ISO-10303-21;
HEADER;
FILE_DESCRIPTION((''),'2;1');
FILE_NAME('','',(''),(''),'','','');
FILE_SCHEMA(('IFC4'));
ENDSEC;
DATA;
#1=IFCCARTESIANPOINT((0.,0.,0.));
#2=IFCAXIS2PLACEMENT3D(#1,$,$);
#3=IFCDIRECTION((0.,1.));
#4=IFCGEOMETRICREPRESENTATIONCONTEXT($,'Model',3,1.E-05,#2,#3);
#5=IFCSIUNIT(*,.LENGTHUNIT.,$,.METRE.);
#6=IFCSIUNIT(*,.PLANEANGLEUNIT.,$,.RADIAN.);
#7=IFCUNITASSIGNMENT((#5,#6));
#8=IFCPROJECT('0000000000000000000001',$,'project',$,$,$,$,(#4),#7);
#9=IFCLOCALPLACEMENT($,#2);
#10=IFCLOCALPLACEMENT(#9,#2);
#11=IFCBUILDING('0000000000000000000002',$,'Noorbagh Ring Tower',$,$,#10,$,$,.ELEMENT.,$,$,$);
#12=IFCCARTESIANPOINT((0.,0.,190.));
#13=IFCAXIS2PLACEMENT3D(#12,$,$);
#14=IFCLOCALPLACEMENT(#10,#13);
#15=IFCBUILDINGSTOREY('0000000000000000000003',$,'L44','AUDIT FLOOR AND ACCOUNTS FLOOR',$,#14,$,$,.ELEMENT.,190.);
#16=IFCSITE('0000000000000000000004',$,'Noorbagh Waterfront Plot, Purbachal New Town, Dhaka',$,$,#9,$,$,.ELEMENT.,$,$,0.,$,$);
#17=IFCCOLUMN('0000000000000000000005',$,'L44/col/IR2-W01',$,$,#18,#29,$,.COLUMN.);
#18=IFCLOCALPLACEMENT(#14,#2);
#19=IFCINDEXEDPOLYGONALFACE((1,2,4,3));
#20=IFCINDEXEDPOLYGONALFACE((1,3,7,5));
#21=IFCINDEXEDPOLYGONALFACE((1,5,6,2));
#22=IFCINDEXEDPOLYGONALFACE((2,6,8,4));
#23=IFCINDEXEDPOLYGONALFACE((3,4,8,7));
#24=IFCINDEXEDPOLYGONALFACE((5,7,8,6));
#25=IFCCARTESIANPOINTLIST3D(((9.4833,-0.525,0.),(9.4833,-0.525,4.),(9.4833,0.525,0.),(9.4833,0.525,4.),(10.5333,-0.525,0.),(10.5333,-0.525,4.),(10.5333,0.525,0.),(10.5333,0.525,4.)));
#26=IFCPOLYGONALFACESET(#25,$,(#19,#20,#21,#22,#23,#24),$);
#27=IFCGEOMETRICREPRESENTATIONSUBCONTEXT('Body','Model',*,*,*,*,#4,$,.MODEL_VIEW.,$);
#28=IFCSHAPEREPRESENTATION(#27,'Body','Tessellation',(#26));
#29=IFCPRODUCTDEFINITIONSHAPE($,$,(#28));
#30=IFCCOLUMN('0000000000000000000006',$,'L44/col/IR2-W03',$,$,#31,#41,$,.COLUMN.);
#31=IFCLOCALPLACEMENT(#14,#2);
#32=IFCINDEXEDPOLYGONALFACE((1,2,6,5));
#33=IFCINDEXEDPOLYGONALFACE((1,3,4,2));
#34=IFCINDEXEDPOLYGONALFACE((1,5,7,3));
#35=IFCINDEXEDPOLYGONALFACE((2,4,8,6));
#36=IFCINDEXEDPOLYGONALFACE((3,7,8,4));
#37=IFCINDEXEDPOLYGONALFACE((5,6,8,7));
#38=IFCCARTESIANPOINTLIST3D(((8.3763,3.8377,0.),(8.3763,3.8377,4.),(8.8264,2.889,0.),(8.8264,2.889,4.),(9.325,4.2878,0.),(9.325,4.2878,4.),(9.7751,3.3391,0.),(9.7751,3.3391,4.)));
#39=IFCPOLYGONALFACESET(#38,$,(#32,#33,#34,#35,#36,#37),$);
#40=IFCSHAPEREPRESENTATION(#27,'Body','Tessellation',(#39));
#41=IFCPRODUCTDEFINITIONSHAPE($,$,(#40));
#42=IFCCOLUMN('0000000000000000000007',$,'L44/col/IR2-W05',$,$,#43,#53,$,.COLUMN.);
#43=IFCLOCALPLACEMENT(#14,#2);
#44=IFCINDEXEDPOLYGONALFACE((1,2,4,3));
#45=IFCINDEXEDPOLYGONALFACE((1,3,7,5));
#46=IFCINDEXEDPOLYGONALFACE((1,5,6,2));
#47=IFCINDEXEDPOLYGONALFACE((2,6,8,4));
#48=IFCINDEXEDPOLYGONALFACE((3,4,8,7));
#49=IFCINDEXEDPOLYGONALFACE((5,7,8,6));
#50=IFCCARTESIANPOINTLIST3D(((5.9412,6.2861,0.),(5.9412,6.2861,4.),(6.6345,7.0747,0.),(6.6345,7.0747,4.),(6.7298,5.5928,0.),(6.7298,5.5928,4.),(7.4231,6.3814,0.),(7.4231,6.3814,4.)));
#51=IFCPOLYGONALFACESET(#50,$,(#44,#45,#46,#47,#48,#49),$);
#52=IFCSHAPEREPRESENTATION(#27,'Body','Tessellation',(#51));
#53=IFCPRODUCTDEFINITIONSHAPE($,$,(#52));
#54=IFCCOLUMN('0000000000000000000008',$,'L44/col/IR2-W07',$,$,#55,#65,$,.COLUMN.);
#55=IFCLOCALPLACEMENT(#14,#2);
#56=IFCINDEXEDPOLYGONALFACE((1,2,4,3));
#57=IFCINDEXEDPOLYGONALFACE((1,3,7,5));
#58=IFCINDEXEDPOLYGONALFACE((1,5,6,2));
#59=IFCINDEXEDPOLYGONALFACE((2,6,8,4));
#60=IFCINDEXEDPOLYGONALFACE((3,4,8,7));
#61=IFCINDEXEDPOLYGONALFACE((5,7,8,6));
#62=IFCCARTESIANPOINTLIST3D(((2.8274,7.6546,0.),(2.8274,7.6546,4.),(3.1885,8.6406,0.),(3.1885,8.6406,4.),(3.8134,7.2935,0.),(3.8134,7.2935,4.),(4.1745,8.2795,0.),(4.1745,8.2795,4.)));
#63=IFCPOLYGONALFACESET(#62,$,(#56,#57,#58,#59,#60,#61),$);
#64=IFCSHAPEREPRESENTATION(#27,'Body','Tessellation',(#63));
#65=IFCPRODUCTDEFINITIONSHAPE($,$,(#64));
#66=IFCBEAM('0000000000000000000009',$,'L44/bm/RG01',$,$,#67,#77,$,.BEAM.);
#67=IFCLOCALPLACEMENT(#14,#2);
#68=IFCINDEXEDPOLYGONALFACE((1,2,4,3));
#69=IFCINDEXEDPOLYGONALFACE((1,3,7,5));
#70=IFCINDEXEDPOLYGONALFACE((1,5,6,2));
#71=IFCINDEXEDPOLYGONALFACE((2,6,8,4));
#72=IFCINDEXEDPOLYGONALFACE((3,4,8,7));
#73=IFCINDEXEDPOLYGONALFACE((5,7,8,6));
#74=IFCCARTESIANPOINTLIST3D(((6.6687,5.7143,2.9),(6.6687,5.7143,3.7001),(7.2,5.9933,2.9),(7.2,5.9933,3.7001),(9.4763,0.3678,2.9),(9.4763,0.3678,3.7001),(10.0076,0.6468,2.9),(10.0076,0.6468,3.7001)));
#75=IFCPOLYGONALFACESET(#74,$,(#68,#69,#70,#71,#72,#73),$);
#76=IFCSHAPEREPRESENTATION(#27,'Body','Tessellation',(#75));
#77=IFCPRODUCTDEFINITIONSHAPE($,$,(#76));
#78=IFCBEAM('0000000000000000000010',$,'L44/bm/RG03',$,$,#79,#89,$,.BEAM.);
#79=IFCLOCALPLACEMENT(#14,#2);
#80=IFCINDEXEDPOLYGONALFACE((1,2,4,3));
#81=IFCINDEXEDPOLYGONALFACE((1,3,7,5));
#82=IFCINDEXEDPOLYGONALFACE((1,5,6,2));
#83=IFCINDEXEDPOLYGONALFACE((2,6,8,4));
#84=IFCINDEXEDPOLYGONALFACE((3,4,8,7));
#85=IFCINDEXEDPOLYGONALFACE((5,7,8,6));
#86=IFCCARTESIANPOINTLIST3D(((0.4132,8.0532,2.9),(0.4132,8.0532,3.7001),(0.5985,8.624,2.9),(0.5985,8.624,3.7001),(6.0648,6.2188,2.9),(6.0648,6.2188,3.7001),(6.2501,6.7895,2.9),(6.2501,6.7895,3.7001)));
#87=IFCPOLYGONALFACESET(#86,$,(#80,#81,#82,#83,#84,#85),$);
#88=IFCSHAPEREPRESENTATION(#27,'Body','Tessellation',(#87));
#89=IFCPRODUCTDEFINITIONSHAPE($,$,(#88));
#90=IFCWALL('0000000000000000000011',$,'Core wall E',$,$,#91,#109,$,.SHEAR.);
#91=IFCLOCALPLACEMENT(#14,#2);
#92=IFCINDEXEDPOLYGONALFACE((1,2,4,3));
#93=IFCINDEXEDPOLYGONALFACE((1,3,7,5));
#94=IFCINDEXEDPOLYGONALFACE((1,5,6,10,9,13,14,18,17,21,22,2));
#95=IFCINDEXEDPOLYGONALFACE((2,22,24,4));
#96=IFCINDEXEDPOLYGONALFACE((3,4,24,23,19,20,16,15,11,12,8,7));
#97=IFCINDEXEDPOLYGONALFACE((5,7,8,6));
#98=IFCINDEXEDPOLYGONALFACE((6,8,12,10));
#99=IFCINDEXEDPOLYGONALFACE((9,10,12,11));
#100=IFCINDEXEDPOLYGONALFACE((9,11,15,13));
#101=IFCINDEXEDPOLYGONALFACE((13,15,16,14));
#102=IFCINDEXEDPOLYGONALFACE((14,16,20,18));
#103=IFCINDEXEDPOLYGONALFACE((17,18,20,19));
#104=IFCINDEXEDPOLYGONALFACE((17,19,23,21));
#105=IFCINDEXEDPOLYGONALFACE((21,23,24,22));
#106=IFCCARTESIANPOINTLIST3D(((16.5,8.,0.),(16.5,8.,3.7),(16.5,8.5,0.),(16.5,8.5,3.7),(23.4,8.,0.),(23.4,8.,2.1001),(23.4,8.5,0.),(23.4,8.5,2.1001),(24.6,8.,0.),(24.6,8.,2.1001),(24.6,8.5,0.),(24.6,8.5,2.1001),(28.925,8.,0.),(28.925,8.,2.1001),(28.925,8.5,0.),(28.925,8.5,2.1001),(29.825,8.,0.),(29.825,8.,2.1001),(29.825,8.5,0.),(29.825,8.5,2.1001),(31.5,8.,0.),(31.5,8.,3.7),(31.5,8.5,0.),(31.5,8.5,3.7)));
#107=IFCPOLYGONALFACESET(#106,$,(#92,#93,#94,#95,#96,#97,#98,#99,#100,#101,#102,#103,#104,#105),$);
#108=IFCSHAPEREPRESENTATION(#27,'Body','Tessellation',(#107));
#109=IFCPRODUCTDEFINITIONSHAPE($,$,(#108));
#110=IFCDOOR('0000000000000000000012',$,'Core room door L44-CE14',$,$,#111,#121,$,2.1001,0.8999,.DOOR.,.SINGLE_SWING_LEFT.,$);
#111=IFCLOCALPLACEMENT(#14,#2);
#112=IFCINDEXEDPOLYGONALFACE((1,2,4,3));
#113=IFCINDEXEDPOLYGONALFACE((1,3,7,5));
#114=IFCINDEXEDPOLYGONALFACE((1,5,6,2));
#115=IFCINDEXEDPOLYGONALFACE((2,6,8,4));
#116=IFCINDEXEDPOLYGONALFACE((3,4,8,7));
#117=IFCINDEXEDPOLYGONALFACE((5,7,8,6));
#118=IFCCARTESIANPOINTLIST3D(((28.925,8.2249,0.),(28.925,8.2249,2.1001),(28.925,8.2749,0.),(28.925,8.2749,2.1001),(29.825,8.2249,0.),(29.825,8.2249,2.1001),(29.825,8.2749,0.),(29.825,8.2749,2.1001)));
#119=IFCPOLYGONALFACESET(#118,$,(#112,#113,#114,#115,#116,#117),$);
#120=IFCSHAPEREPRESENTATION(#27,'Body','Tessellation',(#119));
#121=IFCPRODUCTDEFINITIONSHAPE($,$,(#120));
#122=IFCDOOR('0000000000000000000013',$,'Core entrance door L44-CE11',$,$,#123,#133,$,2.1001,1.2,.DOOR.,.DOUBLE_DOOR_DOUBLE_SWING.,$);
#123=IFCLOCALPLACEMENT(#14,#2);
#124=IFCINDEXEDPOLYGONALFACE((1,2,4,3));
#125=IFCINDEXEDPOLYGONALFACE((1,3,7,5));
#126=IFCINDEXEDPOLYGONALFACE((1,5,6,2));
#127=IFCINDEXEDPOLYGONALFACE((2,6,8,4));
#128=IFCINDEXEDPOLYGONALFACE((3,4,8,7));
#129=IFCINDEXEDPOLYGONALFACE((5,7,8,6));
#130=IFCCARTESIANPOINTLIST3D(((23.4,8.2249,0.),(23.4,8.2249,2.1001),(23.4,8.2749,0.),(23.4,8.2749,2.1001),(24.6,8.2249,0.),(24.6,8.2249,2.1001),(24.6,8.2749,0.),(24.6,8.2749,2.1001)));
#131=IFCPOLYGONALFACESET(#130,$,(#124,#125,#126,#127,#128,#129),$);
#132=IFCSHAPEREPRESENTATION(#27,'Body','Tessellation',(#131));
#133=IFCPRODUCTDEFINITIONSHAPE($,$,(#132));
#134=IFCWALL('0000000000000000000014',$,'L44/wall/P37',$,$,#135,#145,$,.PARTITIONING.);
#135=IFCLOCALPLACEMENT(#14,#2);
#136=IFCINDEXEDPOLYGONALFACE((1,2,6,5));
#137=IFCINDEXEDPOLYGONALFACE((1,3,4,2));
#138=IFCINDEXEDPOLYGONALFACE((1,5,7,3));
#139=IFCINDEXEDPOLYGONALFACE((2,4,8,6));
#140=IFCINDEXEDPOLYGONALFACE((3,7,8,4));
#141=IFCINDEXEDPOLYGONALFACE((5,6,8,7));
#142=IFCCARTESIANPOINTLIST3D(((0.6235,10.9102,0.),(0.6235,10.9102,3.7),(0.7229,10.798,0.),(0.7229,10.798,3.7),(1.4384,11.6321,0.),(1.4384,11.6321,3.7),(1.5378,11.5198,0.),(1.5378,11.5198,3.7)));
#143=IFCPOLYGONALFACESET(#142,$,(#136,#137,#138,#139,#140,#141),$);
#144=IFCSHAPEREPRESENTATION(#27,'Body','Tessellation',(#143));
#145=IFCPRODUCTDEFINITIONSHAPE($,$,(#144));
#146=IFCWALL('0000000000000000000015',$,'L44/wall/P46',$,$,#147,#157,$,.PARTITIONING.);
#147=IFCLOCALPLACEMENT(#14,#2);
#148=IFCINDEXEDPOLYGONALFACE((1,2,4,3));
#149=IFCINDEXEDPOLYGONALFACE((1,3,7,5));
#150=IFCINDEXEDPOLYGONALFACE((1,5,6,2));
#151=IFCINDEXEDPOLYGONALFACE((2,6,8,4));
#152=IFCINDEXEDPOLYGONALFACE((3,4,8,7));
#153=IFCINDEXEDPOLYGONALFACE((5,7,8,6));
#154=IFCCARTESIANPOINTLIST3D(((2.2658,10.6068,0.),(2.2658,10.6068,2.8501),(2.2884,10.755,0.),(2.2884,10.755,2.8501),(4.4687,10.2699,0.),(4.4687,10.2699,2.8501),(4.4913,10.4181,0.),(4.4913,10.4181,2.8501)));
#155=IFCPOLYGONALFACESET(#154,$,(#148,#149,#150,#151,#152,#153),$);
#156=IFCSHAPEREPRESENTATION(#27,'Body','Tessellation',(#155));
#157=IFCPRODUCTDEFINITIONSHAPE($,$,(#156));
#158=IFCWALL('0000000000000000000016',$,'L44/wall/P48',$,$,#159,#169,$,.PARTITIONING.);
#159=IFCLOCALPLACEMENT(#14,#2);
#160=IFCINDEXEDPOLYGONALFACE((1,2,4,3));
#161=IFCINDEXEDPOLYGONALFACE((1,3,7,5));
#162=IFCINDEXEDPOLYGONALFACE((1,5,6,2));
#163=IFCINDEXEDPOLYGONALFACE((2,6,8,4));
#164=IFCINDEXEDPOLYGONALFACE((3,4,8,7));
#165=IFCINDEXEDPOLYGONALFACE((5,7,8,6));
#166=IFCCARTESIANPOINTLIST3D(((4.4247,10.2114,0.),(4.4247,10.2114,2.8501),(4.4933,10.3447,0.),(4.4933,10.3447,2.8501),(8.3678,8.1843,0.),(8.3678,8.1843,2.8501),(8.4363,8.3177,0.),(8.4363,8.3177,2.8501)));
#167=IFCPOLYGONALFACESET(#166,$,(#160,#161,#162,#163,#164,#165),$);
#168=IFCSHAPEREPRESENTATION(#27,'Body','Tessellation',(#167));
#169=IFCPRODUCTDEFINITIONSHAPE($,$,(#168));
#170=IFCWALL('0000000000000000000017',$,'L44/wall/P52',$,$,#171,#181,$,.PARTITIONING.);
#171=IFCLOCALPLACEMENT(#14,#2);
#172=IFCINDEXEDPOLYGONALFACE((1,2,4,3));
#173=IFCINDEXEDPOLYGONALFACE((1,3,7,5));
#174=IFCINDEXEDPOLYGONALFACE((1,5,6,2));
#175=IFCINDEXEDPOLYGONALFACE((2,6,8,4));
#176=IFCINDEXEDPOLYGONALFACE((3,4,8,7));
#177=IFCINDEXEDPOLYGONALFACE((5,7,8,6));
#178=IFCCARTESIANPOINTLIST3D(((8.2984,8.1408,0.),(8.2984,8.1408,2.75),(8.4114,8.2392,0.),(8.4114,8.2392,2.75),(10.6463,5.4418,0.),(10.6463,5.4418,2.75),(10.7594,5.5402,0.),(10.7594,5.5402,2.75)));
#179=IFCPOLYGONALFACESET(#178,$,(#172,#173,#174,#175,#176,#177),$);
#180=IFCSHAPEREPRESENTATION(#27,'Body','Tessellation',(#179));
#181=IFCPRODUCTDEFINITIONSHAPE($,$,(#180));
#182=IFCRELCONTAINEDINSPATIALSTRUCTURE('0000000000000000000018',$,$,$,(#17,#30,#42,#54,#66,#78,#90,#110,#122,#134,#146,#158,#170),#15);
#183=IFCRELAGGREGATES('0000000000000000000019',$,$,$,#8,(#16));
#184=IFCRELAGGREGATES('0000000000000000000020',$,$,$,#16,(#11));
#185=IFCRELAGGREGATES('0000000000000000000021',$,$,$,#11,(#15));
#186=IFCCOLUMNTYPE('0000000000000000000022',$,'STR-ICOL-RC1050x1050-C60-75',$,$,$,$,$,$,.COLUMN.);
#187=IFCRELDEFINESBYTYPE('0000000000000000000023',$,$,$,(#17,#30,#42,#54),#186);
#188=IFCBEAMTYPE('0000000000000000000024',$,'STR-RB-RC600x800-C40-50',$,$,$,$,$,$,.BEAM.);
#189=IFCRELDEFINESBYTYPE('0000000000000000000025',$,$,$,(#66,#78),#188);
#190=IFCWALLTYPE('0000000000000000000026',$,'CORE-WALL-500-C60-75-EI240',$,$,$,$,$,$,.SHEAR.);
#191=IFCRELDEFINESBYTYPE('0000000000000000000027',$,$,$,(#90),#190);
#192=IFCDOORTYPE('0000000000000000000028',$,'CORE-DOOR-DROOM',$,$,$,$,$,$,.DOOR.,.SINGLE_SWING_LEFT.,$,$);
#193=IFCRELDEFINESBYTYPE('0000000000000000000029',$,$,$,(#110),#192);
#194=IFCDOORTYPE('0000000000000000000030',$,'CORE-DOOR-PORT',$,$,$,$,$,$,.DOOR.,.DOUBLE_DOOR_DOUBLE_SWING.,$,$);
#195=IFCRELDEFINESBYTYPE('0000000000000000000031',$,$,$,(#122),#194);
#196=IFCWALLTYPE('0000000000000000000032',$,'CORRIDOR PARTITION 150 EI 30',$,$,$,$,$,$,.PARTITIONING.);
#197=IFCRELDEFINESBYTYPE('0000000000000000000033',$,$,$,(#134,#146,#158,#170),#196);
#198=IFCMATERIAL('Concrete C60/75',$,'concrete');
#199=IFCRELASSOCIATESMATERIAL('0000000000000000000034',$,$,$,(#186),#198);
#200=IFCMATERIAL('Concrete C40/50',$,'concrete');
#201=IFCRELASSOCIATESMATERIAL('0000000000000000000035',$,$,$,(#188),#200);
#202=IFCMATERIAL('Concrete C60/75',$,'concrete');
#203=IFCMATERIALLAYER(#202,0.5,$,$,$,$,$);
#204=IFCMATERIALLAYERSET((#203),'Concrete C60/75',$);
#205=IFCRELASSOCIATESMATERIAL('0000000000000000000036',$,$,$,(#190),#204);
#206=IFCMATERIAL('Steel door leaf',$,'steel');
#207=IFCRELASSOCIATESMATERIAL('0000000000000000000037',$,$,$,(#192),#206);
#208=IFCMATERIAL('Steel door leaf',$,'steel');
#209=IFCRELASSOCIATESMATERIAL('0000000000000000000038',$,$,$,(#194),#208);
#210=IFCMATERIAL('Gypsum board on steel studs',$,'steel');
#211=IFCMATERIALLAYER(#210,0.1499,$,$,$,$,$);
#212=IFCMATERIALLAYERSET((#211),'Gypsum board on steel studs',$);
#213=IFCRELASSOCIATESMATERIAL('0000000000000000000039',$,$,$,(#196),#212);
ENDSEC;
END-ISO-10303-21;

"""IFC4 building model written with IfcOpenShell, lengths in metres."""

from ifc_helpers import new_model, si_unit, direction, frame, frame_2d, origin, origin_2d, place, context, subcontext, project, spatial, rectangle, extrude, material, layer, layer_set, material_profile, profile_set, type_object, element, fill, save


model = new_model("IFC4")

# Units and contexts
model_context = context("Model", 3, precision=1e-05, world=origin(), true_north=direction((0.0, 1.0)))
body_context = subcontext(model_context, "Body", "Model", "MODEL_VIEW")
ifc_project = project(units=[si_unit("LENGTHUNIT", "METRE"), si_unit("PLANEANGLEUNIT", "RADIAN")], contexts=[model_context])

# Site, building, storey
site_placement = place(None, origin())
site = spatial("IfcSite", under=ifc_project, at=site_placement, Name="Noorbagh Waterfront Plot, Purbachal New Town, Dhaka", CompositionType="ELEMENT", RefElevation=0.0)
building_placement = place(site_placement, origin())
building = spatial("IfcBuilding", under=site, at=building_placement, Name="Noorbagh Ring Tower", CompositionType="ELEMENT")
storey_placement = place(building_placement, frame((0.0, 0.0, 190.0)))
storey = spatial("IfcBuildingStorey", under=building, at=storey_placement, Name="L44", Description="AUDIT FLOOR AND ACCOUNTS FLOOR", CompositionType="ELEMENT", Elevation=190.0)

# Columns
ifc_material_1 = material(Name="Concrete C60/75", Category="concrete")
ifc_material_profile_1 = material_profile(ifc_material_1, rectangle(XDim=1.05, YDim=1.05, at=origin_2d()), Name="RC1050x1050")
ifc_profile_set_1 = profile_set([ifc_material_profile_1], Name="Concrete C60/75")
column_type = type_object("IfcColumnType", Name="STR-ICOL-RC1050x1050-C60-75", PredefinedType="COLUMN", material=ifc_profile_set_1)
for number, where, z_axis, x_axis, name in (
    (1, (10.0083, 0.0, 0.0), (0.0, 0.0, 1.0), (0.0, 1.0, 0.0), "L44/col/IR2-W01"),
    (2, (9.0757, 3.5884, 0.0), (0.0, 0.0, 1.0), (-0.428667, 0.903463, 0.0), "L44/col/IR2-W03"),
    (3, (6.6821, 6.3337, 0.0), (0.0, 0.0, 1.0), (-0.751022, 0.660277, 0.0), "L44/col/IR2-W05"),
    (4, (3.501, 7.967, 0.0), (0.0, 0.0, 1.0), (-0.93902, 0.343864, 0.0), "L44/col/IR2-W07"),
):
    element("IfcColumn", number, at=place(storey_placement, frame(where, z_axis=z_axis, x_axis=x_axis)), inside=storey, type_object=column_type, Name=name, PredefinedType="COLUMN", context=body_context, shape_type="SweptSolid", body=[
        extrude(rectangle(XDim=1.05, YDim=1.05, at=origin_2d()), origin(), (0.0, 0.0, 1.0), 4.0),
    ])

# Beams
ifc_material_2 = material(Name="Concrete C40/50", Category="concrete")
ifc_material_profile_2 = material_profile(ifc_material_2, rectangle(XDim=0.6001, YDim=0.8, at=origin_2d()), Name="RC600x800")
ifc_profile_set_2 = profile_set([ifc_material_profile_2], Name="Concrete C40/50")
beam_type = type_object("IfcBeamType", Name="STR-RB-RC600x800-C40-50", PredefinedType="BEAM", material=ifc_profile_set_2)
beam_1_placement = place(storey_placement, frame((9.7419, 0.5073, 3.3), z_axis=(-0.46493, 0.885348, 0.0), x_axis=(-0.885348, -0.46493, 0.0)))
element("IfcBeam", 5, at=beam_1_placement, inside=storey, type_object=beam_type, Name="L44/bm/RG01", PredefinedType="BEAM", context=body_context, shape_type="SweptSolid", body=[
    extrude(rectangle(XDim=0.6001, YDim=0.8, at=origin_2d()), origin(), (0.0, 0.0, 1.0), 6.0388),
])
beam_2_placement = place(storey_placement, frame((6.1575, 6.5042, 3.3), z_axis=(-0.951148, 0.308736, 0.0), x_axis=(-0.308736, -0.951148, 0.0)))
element("IfcBeam", 6, at=beam_2_placement, inside=storey, type_object=beam_type, Name="L44/bm/RG03", PredefinedType="BEAM", context=body_context, shape_type="SweptSolid", body=[
    extrude(rectangle(XDim=0.6001, YDim=0.8, at=origin_2d()), origin(), (0.0, 0.0, 1.0), 5.9419),
])

# Wall, openings, doors
ifc_material_3 = material(Name="Concrete C60/75", Category="concrete")
ifc_layer_1 = layer(ifc_material_3, 0.5)
ifc_layer_set_1 = layer_set([ifc_layer_1], Name="Concrete C60/75")
wall_type_1 = type_object("IfcWallType", Name="CORE-WALL-500-C60-75-EI240", PredefinedType="SHEAR", material=ifc_layer_set_1)
wall_1_placement = place(storey_placement, frame((16.5, 8.25, 0.0), z_axis=(0.0, 0.0, 1.0), x_axis=(1.0, 0.0, 0.0)))
wall_1 = element("IfcWall", 7, at=wall_1_placement, inside=storey, type_object=wall_type_1, Name="Core wall E", PredefinedType="SHEAR", context=body_context, shape_type="SweptSolid", body=[
    extrude(rectangle(XDim=15.0, YDim=0.5, at=frame_2d((7.5, 0.0))), origin(), (0.0, 0.0, 1.0), 3.7),
])
opening_1_placement = place(wall_1_placement, frame((6.8999, 0.0, 0.0)))
opening_1 = element("IfcOpeningElement", 8, at=opening_1_placement, cuts=wall_1, PredefinedType="OPENING", context=body_context, shape_type="SweptSolid", body=[
    extrude(rectangle(XDim=1.2, YDim=2.1001, at=frame_2d((0.6001, 1.05))), frame((0.0, 0.26, 0.0), z_axis=(0.0, -1.0, 0.0), x_axis=(1.0, 0.0, 0.0)), (0.0, 0.0, 1.0), 0.52),
])
opening_2_placement = place(wall_1_placement, frame((12.425, 0.0, 0.0)))
opening_2 = element("IfcOpeningElement", 9, at=opening_2_placement, cuts=wall_1, PredefinedType="OPENING", context=body_context, shape_type="SweptSolid", body=[
    extrude(rectangle(XDim=0.8999, YDim=2.1001, at=frame_2d((0.45, 1.05))), frame((0.0, 0.26, 0.0), z_axis=(0.0, -1.0, 0.0), x_axis=(1.0, 0.0, 0.0)), (0.0, 0.0, 1.0), 0.52),
])
ifc_material_4 = material(Name="Steel door leaf", Category="steel")
door_type_1 = type_object("IfcDoorType", Name="CORE-DOOR-DROOM", OperationType="SINGLE_SWING_LEFT", PredefinedType="DOOR", material=ifc_material_4)
door_1_placement = place(opening_2_placement, origin())
door_1 = element("IfcDoor", 10, at=door_1_placement, inside=storey, type_object=door_type_1, Name="Core room door L44-CE14", OperationType="SINGLE_SWING_LEFT", OverallHeight=2.1001, OverallWidth=0.8999, PredefinedType="DOOR", context=body_context, shape_type="SweptSolid", body=[
    extrude(rectangle(XDim=0.8999, YDim=2.1001, at=frame_2d((0.45, 1.05))), frame((0.0, 0.0249, 0.0), z_axis=(0.0, -1.0, 0.0), x_axis=(1.0, 0.0, 0.0)), (0.0, 0.0, 1.0), 0.05),
])
fill(opening_2, door_1)
ifc_material_5 = material(Name="Steel door leaf", Category="steel")
door_type_2 = type_object("IfcDoorType", Name="CORE-DOOR-PORT", OperationType="DOUBLE_DOOR_DOUBLE_SWING", PredefinedType="DOOR", material=ifc_material_5)
door_2_placement = place(opening_1_placement, origin())
door_2 = element("IfcDoor", 11, at=door_2_placement, inside=storey, type_object=door_type_2, Name="Core entrance door L44-CE11", OperationType="DOUBLE_DOOR_DOUBLE_SWING", OverallHeight=2.1001, OverallWidth=1.2, PredefinedType="DOOR", context=body_context, shape_type="SweptSolid", body=[
    extrude(rectangle(XDim=1.2, YDim=2.1001, at=frame_2d((0.6001, 1.05))), frame((0.0, 0.0249, 0.0), z_axis=(0.0, -1.0, 0.0), x_axis=(1.0, 0.0, 0.0)), (0.0, 0.0, 1.0), 0.05),
])
fill(opening_1, door_2)

# Walls
ifc_material_6 = material(Name="Gypsum board on steel studs", Category="steel")
ifc_layer_2 = layer(ifc_material_6, 0.1499)
ifc_layer_set_2 = layer_set([ifc_layer_2], Name="Gypsum board on steel studs")
wall_type_2 = type_object("IfcWallType", Name="CORRIDOR PARTITION 150 EI 30", PredefinedType="PARTITIONING", material=ifc_layer_set_2)
wall_2_placement = place(storey_placement, frame((0.6731, 10.854, 0.0), z_axis=(0.0, 0.0, 1.0), x_axis=(0.748534, 0.663096, 0.0)))
element("IfcWall", 12, at=wall_2_placement, inside=storey, type_object=wall_type_2, Name="L44/wall/P37", PredefinedType="PARTITIONING", context=body_context, shape_type="SweptSolid", body=[
    extrude(rectangle(XDim=1.0886, YDim=0.1499, at=frame_2d((0.5444, 0.0))), origin(), (0.0, 0.0, 1.0), 3.7),
])
wall_3_placement = place(storey_placement, frame((2.2771, 10.6809, 0.0), z_axis=(0.0, 0.0, 1.0), x_axis=(0.988506, -0.151184, 0.0)))
element("IfcWall", 13, at=wall_3_placement, inside=storey, type_object=wall_type_2, Name="L44/wall/P46", PredefinedType="PARTITIONING", context=body_context, shape_type="SweptSolid", body=[
    extrude(rectangle(XDim=2.2285, YDim=0.1499, at=frame_2d((1.1143, 0.0))), origin(), (0.0, 0.0, 1.0), 2.8501),
])
wall_4_placement = place(storey_placement, frame((4.459, 10.2781, 0.0), z_axis=(0.0, 0.0, 1.0), x_axis=(0.88936, -0.457207, 0.0)))
element("IfcWall", 14, at=wall_4_placement, inside=storey, type_object=wall_type_2, Name="L44/wall/P48", PredefinedType="PARTITIONING", context=body_context, shape_type="SweptSolid", body=[
    extrude(rectangle(XDim=4.4336, YDim=0.1499, at=frame_2d((2.2168, 0.0))), origin(), (0.0, 0.0, 1.0), 2.8501),
])
wall_5_placement = place(storey_placement, frame((8.355, 8.1899, 0.0), z_axis=(0.0, 0.0, 1.0), x_axis=(0.656332, -0.754472, 0.0)))
element("IfcWall", 15, at=wall_5_placement, inside=storey, type_object=wall_type_2, Name="L44/wall/P52", PredefinedType="PARTITIONING", context=body_context, shape_type="SweptSolid", body=[
    extrude(rectangle(XDim=3.5774, YDim=0.1499, at=frame_2d((1.7886, 0.0))), origin(), (0.0, 0.0, 1.0), 2.75),
])

save(model, "model.ifc")
